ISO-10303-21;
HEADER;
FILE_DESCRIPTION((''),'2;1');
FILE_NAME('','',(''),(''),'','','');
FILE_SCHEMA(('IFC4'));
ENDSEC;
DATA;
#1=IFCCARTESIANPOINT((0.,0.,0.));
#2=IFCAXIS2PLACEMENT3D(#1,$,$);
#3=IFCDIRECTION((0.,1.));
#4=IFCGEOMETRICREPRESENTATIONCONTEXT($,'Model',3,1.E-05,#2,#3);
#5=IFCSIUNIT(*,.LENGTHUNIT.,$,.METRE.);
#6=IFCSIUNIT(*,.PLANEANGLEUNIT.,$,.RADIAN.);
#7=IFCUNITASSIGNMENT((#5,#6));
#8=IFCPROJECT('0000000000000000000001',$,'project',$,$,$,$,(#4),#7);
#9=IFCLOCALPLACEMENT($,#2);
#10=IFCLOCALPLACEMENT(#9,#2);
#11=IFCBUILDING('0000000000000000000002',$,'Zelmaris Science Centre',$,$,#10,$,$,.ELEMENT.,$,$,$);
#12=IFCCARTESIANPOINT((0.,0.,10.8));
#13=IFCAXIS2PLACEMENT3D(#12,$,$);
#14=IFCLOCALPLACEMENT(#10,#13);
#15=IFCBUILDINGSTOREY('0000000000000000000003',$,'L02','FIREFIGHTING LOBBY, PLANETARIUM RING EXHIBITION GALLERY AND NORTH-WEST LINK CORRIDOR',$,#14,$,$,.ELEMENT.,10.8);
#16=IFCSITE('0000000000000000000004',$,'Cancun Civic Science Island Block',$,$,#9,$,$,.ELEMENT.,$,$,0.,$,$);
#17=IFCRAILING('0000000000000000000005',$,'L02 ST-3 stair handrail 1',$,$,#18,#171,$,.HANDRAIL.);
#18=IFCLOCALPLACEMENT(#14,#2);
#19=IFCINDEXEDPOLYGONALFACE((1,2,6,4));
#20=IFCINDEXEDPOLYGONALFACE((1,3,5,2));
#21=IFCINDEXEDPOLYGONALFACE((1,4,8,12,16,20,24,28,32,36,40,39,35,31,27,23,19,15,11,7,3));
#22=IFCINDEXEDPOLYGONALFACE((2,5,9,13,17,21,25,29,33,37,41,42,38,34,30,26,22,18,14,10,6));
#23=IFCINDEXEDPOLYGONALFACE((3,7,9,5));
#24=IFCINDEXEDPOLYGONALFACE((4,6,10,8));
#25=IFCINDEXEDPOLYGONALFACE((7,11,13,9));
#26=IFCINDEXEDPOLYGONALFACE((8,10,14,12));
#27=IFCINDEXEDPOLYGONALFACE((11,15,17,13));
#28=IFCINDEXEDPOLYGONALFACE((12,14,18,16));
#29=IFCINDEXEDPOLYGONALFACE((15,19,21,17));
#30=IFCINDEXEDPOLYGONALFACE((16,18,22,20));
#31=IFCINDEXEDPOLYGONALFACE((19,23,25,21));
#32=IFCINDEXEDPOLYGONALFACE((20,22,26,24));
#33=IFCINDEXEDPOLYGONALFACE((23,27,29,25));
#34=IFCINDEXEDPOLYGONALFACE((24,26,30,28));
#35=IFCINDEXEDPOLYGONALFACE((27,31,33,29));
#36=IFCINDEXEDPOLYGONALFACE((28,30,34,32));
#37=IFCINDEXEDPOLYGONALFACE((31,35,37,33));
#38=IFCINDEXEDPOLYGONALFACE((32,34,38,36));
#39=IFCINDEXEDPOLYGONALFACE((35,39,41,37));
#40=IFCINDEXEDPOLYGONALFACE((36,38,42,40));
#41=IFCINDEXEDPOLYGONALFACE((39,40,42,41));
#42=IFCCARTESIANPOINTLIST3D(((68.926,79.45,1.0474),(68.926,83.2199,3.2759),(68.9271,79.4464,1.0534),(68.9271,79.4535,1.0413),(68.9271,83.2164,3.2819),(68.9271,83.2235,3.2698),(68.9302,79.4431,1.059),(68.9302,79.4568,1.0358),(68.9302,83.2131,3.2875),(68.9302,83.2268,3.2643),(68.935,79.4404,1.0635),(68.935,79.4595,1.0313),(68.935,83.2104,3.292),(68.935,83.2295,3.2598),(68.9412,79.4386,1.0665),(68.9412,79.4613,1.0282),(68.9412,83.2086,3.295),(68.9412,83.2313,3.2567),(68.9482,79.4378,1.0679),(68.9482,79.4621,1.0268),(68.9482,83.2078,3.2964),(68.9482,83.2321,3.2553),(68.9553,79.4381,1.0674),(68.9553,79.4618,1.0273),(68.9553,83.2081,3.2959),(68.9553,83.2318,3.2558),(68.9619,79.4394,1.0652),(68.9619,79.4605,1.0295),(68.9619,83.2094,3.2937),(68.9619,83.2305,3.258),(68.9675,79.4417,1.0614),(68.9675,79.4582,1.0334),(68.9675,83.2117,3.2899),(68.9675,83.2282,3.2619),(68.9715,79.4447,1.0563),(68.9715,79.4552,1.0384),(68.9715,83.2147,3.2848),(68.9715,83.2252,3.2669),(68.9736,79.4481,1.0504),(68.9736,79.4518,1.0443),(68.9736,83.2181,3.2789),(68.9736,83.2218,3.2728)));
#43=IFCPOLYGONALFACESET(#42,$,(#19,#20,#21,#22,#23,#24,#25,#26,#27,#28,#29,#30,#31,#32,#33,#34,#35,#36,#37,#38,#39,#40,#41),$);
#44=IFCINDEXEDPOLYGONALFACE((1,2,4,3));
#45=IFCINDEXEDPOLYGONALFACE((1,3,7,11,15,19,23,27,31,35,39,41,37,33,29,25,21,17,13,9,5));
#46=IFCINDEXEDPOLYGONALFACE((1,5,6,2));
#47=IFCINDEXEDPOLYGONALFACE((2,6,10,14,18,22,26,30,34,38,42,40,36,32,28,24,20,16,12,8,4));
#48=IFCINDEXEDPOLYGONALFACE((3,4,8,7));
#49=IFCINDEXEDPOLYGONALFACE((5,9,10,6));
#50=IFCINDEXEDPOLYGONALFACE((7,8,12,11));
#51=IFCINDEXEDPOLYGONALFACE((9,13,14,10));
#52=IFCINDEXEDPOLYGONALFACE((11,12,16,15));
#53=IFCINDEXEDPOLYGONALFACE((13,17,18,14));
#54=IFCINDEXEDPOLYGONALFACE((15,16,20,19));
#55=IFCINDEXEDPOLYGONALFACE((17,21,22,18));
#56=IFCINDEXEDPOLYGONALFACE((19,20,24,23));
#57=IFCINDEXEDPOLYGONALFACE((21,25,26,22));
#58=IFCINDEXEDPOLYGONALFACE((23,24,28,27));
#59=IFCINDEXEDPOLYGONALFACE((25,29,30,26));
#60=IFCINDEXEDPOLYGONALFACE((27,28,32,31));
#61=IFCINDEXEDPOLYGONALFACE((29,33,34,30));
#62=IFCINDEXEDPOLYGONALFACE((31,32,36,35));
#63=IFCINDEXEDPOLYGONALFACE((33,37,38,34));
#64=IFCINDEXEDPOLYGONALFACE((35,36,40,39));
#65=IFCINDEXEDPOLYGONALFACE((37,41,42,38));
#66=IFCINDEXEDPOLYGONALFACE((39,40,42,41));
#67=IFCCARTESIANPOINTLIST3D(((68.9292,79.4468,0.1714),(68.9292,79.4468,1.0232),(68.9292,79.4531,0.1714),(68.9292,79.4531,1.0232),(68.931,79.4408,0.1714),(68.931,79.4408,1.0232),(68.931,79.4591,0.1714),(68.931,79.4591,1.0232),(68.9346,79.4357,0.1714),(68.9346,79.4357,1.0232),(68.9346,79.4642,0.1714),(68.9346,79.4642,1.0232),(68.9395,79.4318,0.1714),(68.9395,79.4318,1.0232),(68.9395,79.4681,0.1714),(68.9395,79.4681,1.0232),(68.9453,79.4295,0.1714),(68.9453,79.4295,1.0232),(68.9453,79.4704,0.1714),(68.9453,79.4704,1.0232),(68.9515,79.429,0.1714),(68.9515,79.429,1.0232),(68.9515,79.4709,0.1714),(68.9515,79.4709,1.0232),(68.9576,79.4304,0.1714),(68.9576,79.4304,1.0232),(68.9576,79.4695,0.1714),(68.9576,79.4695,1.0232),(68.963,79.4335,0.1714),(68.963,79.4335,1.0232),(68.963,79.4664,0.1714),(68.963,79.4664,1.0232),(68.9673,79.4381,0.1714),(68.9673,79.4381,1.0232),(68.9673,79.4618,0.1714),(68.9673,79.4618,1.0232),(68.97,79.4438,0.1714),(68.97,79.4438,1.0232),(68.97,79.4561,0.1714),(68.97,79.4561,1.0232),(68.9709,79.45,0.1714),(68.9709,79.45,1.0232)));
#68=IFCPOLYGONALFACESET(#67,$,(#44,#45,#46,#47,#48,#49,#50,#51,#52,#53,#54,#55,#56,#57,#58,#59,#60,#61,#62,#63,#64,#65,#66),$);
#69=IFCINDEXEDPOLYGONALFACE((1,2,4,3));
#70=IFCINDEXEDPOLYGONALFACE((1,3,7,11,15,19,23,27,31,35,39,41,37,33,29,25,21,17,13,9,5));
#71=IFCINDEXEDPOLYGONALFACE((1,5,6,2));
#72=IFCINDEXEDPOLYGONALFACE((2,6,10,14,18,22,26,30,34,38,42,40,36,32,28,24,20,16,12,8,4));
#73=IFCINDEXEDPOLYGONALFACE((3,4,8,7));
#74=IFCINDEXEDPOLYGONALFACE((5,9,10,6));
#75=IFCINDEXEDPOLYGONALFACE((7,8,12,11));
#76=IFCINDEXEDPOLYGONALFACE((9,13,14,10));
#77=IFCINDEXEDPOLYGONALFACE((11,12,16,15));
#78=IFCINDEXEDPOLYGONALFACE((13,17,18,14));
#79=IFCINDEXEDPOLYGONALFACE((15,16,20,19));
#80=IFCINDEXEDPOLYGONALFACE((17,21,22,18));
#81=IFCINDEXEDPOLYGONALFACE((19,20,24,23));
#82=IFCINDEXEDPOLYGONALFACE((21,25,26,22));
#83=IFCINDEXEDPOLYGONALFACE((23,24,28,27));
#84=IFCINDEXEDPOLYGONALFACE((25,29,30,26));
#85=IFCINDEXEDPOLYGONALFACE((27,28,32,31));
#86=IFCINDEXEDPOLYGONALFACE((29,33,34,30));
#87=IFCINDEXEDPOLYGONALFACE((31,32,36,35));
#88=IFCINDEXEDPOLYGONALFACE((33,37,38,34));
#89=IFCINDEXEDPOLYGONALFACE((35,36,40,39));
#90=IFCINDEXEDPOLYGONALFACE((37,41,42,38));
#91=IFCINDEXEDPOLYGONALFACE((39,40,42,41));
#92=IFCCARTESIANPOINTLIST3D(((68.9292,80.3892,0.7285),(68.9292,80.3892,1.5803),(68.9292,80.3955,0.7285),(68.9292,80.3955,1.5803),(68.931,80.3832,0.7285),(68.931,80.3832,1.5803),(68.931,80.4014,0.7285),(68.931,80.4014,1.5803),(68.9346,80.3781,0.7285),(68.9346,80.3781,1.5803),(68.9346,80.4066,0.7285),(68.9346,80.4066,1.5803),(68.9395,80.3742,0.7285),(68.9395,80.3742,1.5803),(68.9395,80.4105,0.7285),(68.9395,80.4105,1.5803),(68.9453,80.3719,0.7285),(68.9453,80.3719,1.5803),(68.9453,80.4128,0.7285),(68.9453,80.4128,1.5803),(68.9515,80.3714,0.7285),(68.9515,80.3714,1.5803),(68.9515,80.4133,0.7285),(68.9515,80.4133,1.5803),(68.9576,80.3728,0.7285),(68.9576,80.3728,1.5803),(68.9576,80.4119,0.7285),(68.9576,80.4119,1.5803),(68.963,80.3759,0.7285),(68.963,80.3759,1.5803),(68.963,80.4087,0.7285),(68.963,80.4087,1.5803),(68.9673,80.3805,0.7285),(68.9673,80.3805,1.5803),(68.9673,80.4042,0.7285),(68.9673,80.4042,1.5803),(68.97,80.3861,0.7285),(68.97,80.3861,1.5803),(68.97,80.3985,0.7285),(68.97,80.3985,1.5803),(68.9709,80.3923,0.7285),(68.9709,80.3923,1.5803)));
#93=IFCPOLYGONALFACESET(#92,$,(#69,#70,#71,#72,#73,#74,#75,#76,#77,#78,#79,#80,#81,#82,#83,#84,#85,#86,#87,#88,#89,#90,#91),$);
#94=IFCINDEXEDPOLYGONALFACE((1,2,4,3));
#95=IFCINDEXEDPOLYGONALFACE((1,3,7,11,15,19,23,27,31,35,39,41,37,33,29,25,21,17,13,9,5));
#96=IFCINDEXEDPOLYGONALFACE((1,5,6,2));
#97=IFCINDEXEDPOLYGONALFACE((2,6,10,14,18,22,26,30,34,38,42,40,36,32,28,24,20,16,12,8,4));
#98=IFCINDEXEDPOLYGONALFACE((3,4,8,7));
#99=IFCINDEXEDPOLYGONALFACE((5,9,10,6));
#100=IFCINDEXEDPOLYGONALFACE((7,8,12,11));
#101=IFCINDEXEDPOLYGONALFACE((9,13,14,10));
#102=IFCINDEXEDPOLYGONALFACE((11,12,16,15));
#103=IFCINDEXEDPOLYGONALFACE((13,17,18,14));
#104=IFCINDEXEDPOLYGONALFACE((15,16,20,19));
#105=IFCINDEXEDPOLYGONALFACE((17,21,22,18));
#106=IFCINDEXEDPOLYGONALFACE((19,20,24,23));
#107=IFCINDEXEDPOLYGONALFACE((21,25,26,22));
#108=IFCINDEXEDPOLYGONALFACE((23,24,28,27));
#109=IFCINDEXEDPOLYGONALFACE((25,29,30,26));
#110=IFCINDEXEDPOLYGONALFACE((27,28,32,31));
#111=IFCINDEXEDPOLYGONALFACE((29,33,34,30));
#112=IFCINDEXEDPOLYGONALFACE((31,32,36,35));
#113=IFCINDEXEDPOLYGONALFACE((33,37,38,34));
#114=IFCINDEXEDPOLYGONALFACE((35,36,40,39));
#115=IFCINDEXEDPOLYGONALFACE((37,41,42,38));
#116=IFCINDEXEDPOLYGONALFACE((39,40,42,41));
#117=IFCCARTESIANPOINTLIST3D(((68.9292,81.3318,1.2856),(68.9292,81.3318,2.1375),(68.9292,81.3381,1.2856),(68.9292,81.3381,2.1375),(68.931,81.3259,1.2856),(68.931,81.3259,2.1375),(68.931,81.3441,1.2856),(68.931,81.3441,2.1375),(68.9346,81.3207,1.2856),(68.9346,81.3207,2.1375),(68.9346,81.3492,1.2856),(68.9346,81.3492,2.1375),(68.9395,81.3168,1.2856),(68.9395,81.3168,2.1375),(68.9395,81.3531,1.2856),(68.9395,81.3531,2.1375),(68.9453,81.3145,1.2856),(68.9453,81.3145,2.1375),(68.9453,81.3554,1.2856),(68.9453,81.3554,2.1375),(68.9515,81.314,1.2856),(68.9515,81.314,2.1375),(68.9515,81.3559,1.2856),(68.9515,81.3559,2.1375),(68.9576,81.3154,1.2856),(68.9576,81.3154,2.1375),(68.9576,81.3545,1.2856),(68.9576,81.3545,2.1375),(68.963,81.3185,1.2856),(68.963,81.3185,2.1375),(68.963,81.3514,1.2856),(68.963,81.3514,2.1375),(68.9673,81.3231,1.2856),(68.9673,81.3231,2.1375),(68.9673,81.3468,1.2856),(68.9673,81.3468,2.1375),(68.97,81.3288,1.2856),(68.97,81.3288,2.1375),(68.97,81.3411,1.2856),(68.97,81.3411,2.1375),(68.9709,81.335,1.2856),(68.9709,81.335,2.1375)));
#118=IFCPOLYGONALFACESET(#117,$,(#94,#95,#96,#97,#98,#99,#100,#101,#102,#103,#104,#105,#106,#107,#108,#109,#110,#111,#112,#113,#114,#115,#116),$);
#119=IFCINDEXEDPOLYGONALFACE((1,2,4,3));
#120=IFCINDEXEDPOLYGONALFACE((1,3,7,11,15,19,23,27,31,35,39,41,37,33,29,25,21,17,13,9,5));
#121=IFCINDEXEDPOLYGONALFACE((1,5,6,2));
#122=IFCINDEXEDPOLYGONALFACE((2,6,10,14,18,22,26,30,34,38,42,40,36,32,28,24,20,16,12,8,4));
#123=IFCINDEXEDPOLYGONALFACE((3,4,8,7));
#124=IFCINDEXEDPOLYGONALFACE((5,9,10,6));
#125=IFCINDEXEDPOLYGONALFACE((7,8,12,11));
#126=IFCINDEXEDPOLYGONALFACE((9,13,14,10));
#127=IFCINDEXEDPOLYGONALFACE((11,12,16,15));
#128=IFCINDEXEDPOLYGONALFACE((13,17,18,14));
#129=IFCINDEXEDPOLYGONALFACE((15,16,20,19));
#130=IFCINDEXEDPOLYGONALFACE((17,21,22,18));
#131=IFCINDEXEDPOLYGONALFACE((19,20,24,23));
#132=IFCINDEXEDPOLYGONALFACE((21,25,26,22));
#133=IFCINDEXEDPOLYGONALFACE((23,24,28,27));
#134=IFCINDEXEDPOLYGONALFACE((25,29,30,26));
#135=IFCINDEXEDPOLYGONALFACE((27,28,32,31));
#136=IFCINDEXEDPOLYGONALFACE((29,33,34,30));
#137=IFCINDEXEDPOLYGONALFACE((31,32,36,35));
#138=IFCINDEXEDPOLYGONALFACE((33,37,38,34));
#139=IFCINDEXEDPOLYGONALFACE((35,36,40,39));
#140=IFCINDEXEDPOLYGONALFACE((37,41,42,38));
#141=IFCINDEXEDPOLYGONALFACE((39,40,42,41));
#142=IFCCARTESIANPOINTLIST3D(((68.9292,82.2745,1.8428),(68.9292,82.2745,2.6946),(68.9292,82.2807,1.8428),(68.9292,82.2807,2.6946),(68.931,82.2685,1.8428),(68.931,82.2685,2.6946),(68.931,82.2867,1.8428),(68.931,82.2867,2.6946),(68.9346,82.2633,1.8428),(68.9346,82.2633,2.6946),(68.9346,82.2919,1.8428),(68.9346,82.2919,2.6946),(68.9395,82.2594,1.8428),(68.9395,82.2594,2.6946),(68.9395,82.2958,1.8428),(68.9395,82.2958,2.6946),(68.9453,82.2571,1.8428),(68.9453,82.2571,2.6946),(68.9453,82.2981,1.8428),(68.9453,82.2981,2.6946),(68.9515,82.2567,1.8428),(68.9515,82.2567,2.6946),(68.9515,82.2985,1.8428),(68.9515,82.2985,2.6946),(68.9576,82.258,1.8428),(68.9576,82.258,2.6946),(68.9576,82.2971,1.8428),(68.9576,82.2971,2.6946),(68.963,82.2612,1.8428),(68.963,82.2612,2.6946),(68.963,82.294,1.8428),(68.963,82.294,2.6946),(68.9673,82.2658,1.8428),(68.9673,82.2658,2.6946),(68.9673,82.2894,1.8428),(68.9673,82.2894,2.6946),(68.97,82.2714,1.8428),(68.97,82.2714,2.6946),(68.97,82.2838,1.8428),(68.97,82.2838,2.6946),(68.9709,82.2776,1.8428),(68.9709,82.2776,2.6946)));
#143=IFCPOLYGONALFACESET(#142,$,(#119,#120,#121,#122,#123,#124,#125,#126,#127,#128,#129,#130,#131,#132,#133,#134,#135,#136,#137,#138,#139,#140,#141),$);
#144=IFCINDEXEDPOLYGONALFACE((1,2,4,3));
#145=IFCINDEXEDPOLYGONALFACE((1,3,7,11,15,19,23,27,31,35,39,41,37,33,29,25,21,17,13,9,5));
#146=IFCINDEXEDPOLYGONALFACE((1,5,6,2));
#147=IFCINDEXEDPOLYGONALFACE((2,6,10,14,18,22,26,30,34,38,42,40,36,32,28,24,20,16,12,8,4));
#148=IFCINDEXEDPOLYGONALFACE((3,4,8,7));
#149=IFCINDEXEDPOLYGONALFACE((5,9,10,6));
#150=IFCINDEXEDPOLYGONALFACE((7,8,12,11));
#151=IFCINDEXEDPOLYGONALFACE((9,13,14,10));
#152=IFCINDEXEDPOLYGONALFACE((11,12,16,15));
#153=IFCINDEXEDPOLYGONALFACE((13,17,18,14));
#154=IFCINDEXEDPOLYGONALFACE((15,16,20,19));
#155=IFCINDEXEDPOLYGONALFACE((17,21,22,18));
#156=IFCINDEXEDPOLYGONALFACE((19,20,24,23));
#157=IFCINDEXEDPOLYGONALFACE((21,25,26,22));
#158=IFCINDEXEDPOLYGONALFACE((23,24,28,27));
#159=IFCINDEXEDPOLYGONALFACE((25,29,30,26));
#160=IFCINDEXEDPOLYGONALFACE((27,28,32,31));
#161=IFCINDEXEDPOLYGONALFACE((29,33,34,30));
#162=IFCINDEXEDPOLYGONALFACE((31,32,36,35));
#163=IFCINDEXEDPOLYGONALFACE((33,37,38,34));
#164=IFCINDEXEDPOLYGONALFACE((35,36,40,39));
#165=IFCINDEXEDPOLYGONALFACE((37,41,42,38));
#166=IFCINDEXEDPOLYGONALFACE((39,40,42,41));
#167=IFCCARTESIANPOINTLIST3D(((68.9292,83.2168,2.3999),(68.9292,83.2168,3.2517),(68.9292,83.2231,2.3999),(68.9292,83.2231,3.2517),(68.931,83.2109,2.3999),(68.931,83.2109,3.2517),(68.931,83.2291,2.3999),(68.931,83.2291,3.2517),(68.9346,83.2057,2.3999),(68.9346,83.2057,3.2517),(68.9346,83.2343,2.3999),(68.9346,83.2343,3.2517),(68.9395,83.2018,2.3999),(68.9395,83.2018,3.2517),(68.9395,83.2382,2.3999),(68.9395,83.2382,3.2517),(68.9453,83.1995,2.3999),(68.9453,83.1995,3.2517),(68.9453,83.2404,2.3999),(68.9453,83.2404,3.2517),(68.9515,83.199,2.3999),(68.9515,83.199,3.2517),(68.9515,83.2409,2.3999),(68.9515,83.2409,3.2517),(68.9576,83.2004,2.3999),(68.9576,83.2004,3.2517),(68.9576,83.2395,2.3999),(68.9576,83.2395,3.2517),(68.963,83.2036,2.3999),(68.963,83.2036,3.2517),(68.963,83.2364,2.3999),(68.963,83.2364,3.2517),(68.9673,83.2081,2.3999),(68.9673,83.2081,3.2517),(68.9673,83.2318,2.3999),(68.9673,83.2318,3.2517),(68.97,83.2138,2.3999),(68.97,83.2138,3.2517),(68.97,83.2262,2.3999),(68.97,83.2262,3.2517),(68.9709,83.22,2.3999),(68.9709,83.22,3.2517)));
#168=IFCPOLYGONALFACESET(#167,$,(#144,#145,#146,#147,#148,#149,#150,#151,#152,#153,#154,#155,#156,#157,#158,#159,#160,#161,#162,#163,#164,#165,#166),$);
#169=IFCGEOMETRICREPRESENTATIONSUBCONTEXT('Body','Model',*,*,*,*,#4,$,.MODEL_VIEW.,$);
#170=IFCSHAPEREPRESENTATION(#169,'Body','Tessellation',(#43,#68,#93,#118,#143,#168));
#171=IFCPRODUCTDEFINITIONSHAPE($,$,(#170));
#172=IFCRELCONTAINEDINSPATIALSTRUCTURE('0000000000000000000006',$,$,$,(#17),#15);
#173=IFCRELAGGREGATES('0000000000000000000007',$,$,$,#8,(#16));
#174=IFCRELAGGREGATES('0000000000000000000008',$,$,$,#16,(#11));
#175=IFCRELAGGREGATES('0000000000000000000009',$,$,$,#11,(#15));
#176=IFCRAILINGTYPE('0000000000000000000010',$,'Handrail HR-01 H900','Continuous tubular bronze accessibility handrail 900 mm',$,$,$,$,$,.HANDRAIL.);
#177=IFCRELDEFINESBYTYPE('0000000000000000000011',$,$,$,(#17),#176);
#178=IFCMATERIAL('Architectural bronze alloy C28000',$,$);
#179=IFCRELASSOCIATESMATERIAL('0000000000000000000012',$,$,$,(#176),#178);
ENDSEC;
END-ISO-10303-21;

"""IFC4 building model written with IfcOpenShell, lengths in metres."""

from ifc_helpers import new_model, si_unit, direction, frame, origin, origin_2d, place, context, subcontext, project, spatial, circle, extrude, material, type_object, element, save


model = new_model("IFC4")

# Units and contexts
model_context = context("Model", 3, precision=1e-05, world=origin(), true_north=direction((0.0, 1.0)))
body_context = subcontext(model_context, "Body", "Model", "MODEL_VIEW")
ifc_project = project(units=[si_unit("LENGTHUNIT", "METRE"), si_unit("PLANEANGLEUNIT", "RADIAN")], contexts=[model_context])

# Site, building, storey
site_placement = place(None, origin())
site = spatial("IfcSite", under=ifc_project, at=site_placement, Name="Cancun Civic Science Island Block", CompositionType="ELEMENT", RefElevation=0.0)
building_placement = place(site_placement, origin())
building = spatial("IfcBuilding", under=site, at=building_placement, Name="Zelmaris Science Centre", CompositionType="ELEMENT")
storey_placement = place(building_placement, frame((0.0, 0.0, 10.8)))
storey = spatial("IfcBuildingStorey", under=building, at=storey_placement, Name="L02", Description="FIREFIGHTING LOBBY, PLANETARIUM RING EXHIBITION GALLERY AND NORTH-WEST LINK CORRIDOR", CompositionType="ELEMENT", Elevation=10.8)

# Railing
ifc_material_1 = material(Name="Architectural bronze alloy C28000")
railing_type_1 = type_object("IfcRailingType", Name="Handrail HR-01 H900", Description="Continuous tubular bronze accessibility handrail 900 mm", PredefinedType="HANDRAIL", material=ifc_material_1)
railing_1_placement = place(storey_placement, frame((68.95, 79.45, 0.1714)))
element("IfcRailing", 1, at=railing_1_placement, inside=storey, type_object=railing_type_1, Name="L02 ST-3 stair handrail 1", PredefinedType="HANDRAIL", context=body_context, shape_type="SweptSolid", body=[
    extrude(circle(Radius=0.0239, at=origin_2d()), frame((0.0, 0.0, 0.876), z_axis=(0.0, 0.860849, 0.508861), x_axis=(-1.0, 0.0, 0.0)), (0.0, 0.0, 1.0), 4.3794),
    extrude(circle(Radius=0.021, at=origin_2d()), origin(), (0.0, 0.0, 1.0), 0.8518),
    extrude(circle(Radius=0.021, at=origin_2d()), frame((0.0, 0.9424, 0.5571)), (0.0, 0.0, 1.0), 0.8518),
    extrude(circle(Radius=0.021, at=origin_2d()), frame((0.0, 1.885, 1.1143)), (0.0, 0.0, 1.0), 0.8518),
    extrude(circle(Radius=0.021, at=origin_2d()), frame((0.0, 2.8276, 1.6714)), (0.0, 0.0, 1.0), 0.8518),
    extrude(circle(Radius=0.021, at=origin_2d()), frame((0.0, 3.77, 2.2285)), (0.0, 0.0, 1.0), 0.8518),
])

save(model, "model.ifc")
